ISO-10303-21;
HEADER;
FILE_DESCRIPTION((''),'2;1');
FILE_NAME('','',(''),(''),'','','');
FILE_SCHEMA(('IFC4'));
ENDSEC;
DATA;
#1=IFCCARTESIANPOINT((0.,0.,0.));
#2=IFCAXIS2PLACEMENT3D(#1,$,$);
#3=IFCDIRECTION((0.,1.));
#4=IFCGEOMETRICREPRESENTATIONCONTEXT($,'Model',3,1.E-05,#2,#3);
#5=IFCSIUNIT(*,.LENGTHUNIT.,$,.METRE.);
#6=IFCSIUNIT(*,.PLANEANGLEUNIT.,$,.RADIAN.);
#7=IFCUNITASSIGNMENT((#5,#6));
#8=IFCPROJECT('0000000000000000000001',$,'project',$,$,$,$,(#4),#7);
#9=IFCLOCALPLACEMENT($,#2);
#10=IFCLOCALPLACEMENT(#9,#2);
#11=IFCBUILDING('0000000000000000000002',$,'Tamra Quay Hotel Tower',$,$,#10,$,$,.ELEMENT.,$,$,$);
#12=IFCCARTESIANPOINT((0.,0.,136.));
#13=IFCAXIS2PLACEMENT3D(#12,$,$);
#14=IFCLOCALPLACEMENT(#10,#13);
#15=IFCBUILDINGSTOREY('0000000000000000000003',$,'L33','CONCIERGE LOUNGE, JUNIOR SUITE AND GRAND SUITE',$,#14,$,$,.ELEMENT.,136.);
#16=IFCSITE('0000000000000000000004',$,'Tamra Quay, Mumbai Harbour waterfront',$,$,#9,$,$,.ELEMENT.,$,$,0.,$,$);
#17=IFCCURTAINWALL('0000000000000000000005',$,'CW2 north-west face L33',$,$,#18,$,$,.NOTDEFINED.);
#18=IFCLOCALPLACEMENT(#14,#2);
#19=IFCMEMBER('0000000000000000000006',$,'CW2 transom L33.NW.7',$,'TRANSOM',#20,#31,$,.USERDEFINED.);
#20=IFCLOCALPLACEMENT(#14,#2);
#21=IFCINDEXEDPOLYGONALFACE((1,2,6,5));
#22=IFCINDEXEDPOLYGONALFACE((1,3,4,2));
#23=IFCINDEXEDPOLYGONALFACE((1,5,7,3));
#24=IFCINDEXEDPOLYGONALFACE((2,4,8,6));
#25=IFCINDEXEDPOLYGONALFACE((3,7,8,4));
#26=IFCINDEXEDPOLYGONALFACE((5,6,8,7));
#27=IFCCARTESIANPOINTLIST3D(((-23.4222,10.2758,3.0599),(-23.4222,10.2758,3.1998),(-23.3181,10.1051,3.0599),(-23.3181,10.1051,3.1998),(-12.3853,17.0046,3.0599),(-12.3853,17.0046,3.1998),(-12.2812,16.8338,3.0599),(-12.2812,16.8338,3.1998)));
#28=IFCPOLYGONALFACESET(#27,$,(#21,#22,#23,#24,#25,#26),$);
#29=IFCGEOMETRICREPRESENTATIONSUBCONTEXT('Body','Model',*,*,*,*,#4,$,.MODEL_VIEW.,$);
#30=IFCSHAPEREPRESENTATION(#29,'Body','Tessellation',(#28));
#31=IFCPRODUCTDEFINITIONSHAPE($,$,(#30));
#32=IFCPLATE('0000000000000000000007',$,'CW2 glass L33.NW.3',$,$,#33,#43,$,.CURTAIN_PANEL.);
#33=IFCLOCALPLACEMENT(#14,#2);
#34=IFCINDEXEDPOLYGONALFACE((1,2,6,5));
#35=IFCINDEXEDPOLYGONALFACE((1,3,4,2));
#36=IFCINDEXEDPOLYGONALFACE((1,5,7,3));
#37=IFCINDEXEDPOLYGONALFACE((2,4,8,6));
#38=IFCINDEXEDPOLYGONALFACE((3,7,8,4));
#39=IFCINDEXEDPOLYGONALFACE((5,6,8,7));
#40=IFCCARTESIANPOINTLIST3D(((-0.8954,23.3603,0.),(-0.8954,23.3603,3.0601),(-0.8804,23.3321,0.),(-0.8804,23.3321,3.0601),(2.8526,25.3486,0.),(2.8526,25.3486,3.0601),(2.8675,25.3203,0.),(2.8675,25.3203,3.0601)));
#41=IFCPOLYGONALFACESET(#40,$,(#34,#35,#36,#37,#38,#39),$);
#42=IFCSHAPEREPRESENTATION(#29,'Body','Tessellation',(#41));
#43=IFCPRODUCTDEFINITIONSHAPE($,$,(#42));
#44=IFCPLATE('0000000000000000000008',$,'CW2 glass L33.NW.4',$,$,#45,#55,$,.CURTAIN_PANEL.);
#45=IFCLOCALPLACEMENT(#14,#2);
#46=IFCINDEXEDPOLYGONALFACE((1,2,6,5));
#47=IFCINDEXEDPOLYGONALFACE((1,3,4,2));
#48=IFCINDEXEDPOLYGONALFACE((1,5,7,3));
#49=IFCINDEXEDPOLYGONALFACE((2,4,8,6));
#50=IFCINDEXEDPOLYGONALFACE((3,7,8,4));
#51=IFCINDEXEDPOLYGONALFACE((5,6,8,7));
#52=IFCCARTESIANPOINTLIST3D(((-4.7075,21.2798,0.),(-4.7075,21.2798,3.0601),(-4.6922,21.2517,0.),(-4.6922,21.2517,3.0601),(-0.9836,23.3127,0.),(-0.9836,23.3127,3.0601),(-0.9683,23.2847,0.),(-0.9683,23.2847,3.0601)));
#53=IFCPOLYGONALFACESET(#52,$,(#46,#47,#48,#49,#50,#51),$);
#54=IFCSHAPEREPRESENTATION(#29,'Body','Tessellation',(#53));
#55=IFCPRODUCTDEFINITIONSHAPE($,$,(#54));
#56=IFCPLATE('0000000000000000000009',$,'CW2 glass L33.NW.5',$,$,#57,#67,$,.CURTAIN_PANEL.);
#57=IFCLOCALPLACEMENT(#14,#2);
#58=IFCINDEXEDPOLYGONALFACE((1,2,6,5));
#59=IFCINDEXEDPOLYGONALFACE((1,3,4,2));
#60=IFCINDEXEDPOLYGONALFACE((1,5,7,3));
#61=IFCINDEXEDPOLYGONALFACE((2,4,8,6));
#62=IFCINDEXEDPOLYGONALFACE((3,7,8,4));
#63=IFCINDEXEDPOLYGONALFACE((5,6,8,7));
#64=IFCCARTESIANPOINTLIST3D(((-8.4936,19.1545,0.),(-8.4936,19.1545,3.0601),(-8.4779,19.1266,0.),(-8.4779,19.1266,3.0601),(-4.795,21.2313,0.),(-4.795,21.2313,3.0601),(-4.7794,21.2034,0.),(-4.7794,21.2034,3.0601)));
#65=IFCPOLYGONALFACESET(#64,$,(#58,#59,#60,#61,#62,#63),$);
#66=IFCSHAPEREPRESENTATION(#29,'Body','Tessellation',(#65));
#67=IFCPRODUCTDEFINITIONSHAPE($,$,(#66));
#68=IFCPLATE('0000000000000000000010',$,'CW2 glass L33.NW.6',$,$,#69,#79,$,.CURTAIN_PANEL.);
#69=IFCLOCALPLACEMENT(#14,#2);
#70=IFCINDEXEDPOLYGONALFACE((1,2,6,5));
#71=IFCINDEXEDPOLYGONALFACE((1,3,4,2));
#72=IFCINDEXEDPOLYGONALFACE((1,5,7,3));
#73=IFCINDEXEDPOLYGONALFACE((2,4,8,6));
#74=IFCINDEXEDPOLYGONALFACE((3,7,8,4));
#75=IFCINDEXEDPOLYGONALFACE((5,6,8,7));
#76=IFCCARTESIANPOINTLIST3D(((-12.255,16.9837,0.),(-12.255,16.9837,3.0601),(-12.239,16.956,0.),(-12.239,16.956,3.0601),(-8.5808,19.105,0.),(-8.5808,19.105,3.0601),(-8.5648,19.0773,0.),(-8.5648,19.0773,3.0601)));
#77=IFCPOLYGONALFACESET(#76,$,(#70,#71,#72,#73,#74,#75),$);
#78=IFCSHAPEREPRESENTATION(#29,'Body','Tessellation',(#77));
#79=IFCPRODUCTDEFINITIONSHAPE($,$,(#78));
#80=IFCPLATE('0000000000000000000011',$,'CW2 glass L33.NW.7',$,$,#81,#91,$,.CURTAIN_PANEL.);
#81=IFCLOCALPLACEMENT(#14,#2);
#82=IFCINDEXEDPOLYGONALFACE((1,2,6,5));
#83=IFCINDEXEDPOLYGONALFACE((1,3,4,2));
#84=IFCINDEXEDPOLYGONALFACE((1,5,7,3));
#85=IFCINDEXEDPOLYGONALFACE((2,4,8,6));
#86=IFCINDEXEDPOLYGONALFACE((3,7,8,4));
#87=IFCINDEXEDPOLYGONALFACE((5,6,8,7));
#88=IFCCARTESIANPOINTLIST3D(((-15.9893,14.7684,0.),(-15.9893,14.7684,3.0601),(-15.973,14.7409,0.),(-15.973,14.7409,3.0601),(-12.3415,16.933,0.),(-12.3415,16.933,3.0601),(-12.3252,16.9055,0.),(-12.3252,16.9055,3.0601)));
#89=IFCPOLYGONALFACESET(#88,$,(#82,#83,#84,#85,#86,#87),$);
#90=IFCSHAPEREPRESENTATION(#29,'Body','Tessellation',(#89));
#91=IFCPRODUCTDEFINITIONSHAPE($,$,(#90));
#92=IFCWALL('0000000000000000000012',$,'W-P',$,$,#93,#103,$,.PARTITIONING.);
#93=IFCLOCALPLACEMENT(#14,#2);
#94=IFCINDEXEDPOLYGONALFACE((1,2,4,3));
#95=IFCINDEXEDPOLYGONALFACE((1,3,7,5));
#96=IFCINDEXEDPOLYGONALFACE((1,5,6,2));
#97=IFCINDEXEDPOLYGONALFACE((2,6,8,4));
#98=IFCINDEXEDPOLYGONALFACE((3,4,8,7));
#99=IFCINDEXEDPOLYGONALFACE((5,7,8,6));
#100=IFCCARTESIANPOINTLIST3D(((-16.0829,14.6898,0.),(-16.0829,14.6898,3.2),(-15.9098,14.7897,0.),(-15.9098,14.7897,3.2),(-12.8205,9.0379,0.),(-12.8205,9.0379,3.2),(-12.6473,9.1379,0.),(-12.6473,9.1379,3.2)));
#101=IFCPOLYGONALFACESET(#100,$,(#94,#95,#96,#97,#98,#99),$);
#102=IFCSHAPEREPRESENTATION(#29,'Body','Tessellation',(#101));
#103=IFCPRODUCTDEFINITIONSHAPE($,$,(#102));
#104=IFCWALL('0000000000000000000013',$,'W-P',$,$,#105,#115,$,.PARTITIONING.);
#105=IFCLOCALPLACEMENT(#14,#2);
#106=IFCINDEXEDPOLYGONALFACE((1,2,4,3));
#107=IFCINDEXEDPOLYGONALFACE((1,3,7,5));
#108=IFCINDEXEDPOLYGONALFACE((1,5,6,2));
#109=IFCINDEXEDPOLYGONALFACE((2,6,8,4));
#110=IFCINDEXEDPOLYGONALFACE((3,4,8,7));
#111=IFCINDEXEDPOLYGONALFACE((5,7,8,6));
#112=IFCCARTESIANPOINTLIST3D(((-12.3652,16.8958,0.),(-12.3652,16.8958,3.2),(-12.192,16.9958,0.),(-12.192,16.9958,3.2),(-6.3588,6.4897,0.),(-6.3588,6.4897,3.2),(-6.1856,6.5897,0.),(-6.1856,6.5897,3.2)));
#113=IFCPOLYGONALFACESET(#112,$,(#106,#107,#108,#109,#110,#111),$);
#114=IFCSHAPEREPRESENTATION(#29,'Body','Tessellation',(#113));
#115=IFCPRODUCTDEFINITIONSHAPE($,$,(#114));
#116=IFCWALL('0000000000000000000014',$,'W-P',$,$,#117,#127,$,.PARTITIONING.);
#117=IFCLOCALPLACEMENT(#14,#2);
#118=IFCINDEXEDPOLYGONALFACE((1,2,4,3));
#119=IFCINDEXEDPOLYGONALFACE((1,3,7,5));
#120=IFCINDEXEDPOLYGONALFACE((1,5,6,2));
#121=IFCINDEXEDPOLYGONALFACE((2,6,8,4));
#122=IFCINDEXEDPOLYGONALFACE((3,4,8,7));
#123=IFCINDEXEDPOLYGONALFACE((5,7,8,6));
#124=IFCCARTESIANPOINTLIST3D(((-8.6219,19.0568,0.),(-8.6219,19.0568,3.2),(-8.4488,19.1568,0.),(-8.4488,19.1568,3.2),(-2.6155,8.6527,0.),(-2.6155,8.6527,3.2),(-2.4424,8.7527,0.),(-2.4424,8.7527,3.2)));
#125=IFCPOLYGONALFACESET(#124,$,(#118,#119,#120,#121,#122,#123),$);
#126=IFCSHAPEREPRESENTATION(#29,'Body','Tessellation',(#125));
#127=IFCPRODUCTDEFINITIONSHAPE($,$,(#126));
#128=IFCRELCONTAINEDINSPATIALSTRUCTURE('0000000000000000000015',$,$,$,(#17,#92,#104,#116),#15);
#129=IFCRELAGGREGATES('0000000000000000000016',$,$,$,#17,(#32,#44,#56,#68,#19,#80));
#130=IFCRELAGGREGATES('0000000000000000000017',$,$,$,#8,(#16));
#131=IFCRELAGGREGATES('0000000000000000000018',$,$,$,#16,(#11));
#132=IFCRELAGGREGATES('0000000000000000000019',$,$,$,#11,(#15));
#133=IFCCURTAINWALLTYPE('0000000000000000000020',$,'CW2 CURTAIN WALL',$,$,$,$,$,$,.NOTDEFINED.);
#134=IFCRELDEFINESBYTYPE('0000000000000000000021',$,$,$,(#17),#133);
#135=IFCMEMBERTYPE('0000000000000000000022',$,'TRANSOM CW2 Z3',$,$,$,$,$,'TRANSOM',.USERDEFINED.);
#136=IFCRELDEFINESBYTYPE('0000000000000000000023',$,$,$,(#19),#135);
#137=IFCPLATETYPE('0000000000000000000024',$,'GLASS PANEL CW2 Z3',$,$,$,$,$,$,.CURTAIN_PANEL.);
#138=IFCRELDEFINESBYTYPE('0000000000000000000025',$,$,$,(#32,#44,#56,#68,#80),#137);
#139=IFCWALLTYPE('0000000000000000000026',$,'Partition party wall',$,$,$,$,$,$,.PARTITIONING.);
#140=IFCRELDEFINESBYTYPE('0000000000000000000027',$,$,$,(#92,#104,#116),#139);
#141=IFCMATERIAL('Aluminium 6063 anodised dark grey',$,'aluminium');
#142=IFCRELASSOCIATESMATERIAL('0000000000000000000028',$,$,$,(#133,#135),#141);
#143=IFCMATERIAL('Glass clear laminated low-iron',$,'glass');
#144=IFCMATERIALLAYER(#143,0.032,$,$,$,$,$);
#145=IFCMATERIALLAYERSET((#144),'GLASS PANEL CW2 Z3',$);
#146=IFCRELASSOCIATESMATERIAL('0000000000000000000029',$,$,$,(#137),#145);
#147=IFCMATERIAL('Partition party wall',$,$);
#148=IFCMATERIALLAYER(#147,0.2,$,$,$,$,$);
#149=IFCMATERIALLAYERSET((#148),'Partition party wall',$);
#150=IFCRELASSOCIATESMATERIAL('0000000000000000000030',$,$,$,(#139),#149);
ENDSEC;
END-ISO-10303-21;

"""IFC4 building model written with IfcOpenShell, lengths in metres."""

from ifc_helpers import new_model, si_unit, direction, frame, frame_2d, origin, origin_2d, place, context, subcontext, project, spatial, rectangle, extrude, material, layer, layer_set, material_profile, profile_set, type_object, element, aggregate, save


model = new_model("IFC4")

# Units and contexts
model_context = context("Model", 3, precision=1e-05, world=origin(), true_north=direction((0.0, 1.0)))
body_context = subcontext(model_context, "Body", "Model", "MODEL_VIEW")
ifc_project = project(units=[si_unit("LENGTHUNIT", "METRE"), si_unit("PLANEANGLEUNIT", "RADIAN")], contexts=[model_context])

# Site, building, storey
site_placement = place(None, origin())
site = spatial("IfcSite", under=ifc_project, at=site_placement, Name="Tamra Quay, Mumbai Harbour waterfront", CompositionType="ELEMENT", RefElevation=0.0)
building_placement = place(site_placement, origin())
building = spatial("IfcBuilding", under=site, at=building_placement, Name="Tamra Quay Hotel Tower", CompositionType="ELEMENT")
storey_placement = place(building_placement, frame((0.0, 0.0, 136.0)))
storey = spatial("IfcBuildingStorey", under=building, at=storey_placement, Name="L33", Description="CONCIERGE LOUNGE, JUNIOR SUITE AND GRAND SUITE", CompositionType="ELEMENT", Elevation=136.0)

# Curtain wall
ifc_material_1 = material(Name="Aluminium 6063 anodised dark grey", Category="aluminium")
curtain_wall_type = type_object("IfcCurtainWallType", Name="CW2 CURTAIN WALL", PredefinedType="NOTDEFINED", material=ifc_material_1)
curtain_wall_placement = place(storey_placement, origin())
curtain_wall = element("IfcCurtainWall", 1, at=curtain_wall_placement, inside=storey, type_object=curtain_wall_type, Name="CW2 north-west face L33", PredefinedType="NOTDEFINED")

# Member
ifc_material_profile_1 = material_profile(ifc_material_1, rectangle(XDim=0.2, YDim=0.1399, at=origin_2d()), Name="TRANSOM 200X140")
ifc_profile_set_1 = profile_set([ifc_material_profile_1], Name="Aluminium 6063 anodised dark grey")
member_type_1 = type_object("IfcMemberType", Name="TRANSOM CW2 Z3", ElementType="TRANSOM", PredefinedType="USERDEFINED", material=ifc_profile_set_1)
member_1_placement = place(storey_placement, frame((-12.3333, 16.9192, 3.1299), z_axis=(-0.853832, -0.520549, 0.0), x_axis=(0.520549, -0.853832, 0.0)))
member_1 = element("IfcMember", 2, at=member_1_placement, type_object=member_type_1, Name="CW2 transom L33.NW.7", ObjectType="TRANSOM", PredefinedType="USERDEFINED", context=body_context, shape_type="SweptSolid", body=[
    extrude(rectangle(XDim=0.2, YDim=0.1399, at=origin_2d()), origin(), (0.0, 0.0, 1.0), 12.9263),
])

# Plates
ifc_material_2 = material(Name="Glass clear laminated low-iron", Category="glass")
ifc_layer_1 = layer(ifc_material_2, 0.032)
ifc_layer_set_1 = layer_set([ifc_layer_1], Name="GLASS PANEL CW2 Z3")
plate_type = type_object("IfcPlateType", Name="GLASS PANEL CW2 Z3", PredefinedType="CURTAIN_PANEL", material=ifc_layer_set_1)
plate_1_placement = place(storey_placement, frame((0.9861, 24.3403, 0.0), z_axis=(0.0, 0.0, 1.0), x_axis=(-0.883391, -0.468636, 0.0)))
plate_1 = element("IfcPlate", 3, at=plate_1_placement, type_object=plate_type, Name="CW2 glass L33.NW.3", PredefinedType="CURTAIN_PANEL", context=body_context, shape_type="SweptSolid", body=[
    extrude(rectangle(XDim=4.2427, YDim=0.032, at=origin_2d()), origin(), (0.0, 0.0, 1.0), 3.0601),
])
plate_2_placement = place(storey_placement, frame((-2.8379, 22.2822, 0.0), z_axis=(0.0, 0.0, 1.0), x_axis=(-0.877726, -0.479163, 0.0)))
plate_2 = element("IfcPlate", 4, at=plate_2_placement, type_object=plate_type, Name="CW2 glass L33.NW.4", PredefinedType="CURTAIN_PANEL", context=body_context, shape_type="SweptSolid", body=[
    extrude(rectangle(XDim=4.2427, YDim=0.032, at=origin_2d()), origin(), (0.0, 0.0, 1.0), 3.0601),
])
plate_3_placement = place(storey_placement, frame((-6.6365, 20.179, 0.0), z_axis=(0.0, 0.0, 1.0), x_axis=(-0.871942, -0.489609, 0.0)))
plate_3 = element("IfcPlate", 5, at=plate_3_placement, type_object=plate_type, Name="CW2 glass L33.NW.5", PredefinedType="CURTAIN_PANEL", context=body_context, shape_type="SweptSolid", body=[
    extrude(rectangle(XDim=4.2417, YDim=0.032, at=origin_2d()), origin(), (0.0, 0.0, 1.0), 3.0601),
])
plate_4_placement = place(storey_placement, frame((-10.4099, 18.0305, 0.0), z_axis=(0.0, 0.0, 1.0), x_axis=(-0.866025, -0.5, 0.0)))
plate_4 = element("IfcPlate", 6, at=plate_4_placement, type_object=plate_type, Name="CW2 glass L33.NW.6", PredefinedType="CURTAIN_PANEL", context=body_context, shape_type="SweptSolid", body=[
    extrude(rectangle(XDim=4.2427, YDim=0.032, at=origin_2d()), origin(), (0.0, 0.0, 1.0), 3.0601),
])
plate_5_placement = place(storey_placement, frame((-14.1572, 15.8369, 0.0), z_axis=(0.0, 0.0, 1.0), x_axis=(-0.859985, -0.510319, 0.0)))
plate_5 = element("IfcPlate", 7, at=plate_5_placement, type_object=plate_type, Name="CW2 glass L33.NW.7", PredefinedType="CURTAIN_PANEL", context=body_context, shape_type="SweptSolid", body=[
    extrude(rectangle(XDim=4.2417, YDim=0.032, at=origin_2d()), origin(), (0.0, 0.0, 1.0), 3.0601),
])
aggregate(curtain_wall, [plate_1, plate_2, plate_3, plate_4, member_1, plate_5])

# Walls
ifc_material_3 = material(Name="Partition party wall")
ifc_layer_2 = layer(ifc_material_3, 0.2)
ifc_layer_set_2 = layer_set([ifc_layer_2], Name="Partition party wall")
wall_type = type_object("IfcWallType", Name="Partition party wall", PredefinedType="PARTITIONING", material=ifc_layer_set_2)
wall_1_placement = place(storey_placement, frame((-15.9963, 14.7397, 0.0), z_axis=(0.0, 0.0, 1.0), x_axis=(0.499925, -0.866068, 0.0)))
element("IfcWall", 8, at=wall_1_placement, inside=storey, type_object=wall_type, Name="W-P", PredefinedType="PARTITIONING", context=body_context, shape_type="SweptSolid", body=[
    extrude(rectangle(XDim=6.5259, YDim=0.2, at=frame_2d((3.2629, 0.0))), origin(), (0.0, 0.0, 1.0), 3.2),
])
wall_2_placement = place(storey_placement, frame((-12.2786, 16.9458, 0.0), z_axis=(0.0, 0.0, 1.0), x_axis=(0.499902, -0.866082, 0.0)))
element("IfcWall", 9, at=wall_2_placement, inside=storey, type_object=wall_type, Name="W-P", PredefinedType="PARTITIONING", context=body_context, shape_type="SweptSolid", body=[
    extrude(rectangle(XDim=12.0151, YDim=0.2, at=frame_2d((6.0076, 0.0))), origin(), (0.0, 0.0, 1.0), 3.2),
])
wall_3_placement = place(storey_placement, frame((-8.5354, 19.1069, 0.0), z_axis=(0.0, 0.0, 1.0), x_axis=(0.499973, -0.866041, 0.0)))
element("IfcWall", 10, at=wall_3_placement, inside=storey, type_object=wall_type, Name="W-P", PredefinedType="PARTITIONING", context=body_context, shape_type="SweptSolid", body=[
    extrude(rectangle(XDim=12.0134, YDim=0.2, at=frame_2d((6.0068, 0.0))), origin(), (0.0, 0.0, 1.0), 3.2),
])

save(model, "model.ifc")
